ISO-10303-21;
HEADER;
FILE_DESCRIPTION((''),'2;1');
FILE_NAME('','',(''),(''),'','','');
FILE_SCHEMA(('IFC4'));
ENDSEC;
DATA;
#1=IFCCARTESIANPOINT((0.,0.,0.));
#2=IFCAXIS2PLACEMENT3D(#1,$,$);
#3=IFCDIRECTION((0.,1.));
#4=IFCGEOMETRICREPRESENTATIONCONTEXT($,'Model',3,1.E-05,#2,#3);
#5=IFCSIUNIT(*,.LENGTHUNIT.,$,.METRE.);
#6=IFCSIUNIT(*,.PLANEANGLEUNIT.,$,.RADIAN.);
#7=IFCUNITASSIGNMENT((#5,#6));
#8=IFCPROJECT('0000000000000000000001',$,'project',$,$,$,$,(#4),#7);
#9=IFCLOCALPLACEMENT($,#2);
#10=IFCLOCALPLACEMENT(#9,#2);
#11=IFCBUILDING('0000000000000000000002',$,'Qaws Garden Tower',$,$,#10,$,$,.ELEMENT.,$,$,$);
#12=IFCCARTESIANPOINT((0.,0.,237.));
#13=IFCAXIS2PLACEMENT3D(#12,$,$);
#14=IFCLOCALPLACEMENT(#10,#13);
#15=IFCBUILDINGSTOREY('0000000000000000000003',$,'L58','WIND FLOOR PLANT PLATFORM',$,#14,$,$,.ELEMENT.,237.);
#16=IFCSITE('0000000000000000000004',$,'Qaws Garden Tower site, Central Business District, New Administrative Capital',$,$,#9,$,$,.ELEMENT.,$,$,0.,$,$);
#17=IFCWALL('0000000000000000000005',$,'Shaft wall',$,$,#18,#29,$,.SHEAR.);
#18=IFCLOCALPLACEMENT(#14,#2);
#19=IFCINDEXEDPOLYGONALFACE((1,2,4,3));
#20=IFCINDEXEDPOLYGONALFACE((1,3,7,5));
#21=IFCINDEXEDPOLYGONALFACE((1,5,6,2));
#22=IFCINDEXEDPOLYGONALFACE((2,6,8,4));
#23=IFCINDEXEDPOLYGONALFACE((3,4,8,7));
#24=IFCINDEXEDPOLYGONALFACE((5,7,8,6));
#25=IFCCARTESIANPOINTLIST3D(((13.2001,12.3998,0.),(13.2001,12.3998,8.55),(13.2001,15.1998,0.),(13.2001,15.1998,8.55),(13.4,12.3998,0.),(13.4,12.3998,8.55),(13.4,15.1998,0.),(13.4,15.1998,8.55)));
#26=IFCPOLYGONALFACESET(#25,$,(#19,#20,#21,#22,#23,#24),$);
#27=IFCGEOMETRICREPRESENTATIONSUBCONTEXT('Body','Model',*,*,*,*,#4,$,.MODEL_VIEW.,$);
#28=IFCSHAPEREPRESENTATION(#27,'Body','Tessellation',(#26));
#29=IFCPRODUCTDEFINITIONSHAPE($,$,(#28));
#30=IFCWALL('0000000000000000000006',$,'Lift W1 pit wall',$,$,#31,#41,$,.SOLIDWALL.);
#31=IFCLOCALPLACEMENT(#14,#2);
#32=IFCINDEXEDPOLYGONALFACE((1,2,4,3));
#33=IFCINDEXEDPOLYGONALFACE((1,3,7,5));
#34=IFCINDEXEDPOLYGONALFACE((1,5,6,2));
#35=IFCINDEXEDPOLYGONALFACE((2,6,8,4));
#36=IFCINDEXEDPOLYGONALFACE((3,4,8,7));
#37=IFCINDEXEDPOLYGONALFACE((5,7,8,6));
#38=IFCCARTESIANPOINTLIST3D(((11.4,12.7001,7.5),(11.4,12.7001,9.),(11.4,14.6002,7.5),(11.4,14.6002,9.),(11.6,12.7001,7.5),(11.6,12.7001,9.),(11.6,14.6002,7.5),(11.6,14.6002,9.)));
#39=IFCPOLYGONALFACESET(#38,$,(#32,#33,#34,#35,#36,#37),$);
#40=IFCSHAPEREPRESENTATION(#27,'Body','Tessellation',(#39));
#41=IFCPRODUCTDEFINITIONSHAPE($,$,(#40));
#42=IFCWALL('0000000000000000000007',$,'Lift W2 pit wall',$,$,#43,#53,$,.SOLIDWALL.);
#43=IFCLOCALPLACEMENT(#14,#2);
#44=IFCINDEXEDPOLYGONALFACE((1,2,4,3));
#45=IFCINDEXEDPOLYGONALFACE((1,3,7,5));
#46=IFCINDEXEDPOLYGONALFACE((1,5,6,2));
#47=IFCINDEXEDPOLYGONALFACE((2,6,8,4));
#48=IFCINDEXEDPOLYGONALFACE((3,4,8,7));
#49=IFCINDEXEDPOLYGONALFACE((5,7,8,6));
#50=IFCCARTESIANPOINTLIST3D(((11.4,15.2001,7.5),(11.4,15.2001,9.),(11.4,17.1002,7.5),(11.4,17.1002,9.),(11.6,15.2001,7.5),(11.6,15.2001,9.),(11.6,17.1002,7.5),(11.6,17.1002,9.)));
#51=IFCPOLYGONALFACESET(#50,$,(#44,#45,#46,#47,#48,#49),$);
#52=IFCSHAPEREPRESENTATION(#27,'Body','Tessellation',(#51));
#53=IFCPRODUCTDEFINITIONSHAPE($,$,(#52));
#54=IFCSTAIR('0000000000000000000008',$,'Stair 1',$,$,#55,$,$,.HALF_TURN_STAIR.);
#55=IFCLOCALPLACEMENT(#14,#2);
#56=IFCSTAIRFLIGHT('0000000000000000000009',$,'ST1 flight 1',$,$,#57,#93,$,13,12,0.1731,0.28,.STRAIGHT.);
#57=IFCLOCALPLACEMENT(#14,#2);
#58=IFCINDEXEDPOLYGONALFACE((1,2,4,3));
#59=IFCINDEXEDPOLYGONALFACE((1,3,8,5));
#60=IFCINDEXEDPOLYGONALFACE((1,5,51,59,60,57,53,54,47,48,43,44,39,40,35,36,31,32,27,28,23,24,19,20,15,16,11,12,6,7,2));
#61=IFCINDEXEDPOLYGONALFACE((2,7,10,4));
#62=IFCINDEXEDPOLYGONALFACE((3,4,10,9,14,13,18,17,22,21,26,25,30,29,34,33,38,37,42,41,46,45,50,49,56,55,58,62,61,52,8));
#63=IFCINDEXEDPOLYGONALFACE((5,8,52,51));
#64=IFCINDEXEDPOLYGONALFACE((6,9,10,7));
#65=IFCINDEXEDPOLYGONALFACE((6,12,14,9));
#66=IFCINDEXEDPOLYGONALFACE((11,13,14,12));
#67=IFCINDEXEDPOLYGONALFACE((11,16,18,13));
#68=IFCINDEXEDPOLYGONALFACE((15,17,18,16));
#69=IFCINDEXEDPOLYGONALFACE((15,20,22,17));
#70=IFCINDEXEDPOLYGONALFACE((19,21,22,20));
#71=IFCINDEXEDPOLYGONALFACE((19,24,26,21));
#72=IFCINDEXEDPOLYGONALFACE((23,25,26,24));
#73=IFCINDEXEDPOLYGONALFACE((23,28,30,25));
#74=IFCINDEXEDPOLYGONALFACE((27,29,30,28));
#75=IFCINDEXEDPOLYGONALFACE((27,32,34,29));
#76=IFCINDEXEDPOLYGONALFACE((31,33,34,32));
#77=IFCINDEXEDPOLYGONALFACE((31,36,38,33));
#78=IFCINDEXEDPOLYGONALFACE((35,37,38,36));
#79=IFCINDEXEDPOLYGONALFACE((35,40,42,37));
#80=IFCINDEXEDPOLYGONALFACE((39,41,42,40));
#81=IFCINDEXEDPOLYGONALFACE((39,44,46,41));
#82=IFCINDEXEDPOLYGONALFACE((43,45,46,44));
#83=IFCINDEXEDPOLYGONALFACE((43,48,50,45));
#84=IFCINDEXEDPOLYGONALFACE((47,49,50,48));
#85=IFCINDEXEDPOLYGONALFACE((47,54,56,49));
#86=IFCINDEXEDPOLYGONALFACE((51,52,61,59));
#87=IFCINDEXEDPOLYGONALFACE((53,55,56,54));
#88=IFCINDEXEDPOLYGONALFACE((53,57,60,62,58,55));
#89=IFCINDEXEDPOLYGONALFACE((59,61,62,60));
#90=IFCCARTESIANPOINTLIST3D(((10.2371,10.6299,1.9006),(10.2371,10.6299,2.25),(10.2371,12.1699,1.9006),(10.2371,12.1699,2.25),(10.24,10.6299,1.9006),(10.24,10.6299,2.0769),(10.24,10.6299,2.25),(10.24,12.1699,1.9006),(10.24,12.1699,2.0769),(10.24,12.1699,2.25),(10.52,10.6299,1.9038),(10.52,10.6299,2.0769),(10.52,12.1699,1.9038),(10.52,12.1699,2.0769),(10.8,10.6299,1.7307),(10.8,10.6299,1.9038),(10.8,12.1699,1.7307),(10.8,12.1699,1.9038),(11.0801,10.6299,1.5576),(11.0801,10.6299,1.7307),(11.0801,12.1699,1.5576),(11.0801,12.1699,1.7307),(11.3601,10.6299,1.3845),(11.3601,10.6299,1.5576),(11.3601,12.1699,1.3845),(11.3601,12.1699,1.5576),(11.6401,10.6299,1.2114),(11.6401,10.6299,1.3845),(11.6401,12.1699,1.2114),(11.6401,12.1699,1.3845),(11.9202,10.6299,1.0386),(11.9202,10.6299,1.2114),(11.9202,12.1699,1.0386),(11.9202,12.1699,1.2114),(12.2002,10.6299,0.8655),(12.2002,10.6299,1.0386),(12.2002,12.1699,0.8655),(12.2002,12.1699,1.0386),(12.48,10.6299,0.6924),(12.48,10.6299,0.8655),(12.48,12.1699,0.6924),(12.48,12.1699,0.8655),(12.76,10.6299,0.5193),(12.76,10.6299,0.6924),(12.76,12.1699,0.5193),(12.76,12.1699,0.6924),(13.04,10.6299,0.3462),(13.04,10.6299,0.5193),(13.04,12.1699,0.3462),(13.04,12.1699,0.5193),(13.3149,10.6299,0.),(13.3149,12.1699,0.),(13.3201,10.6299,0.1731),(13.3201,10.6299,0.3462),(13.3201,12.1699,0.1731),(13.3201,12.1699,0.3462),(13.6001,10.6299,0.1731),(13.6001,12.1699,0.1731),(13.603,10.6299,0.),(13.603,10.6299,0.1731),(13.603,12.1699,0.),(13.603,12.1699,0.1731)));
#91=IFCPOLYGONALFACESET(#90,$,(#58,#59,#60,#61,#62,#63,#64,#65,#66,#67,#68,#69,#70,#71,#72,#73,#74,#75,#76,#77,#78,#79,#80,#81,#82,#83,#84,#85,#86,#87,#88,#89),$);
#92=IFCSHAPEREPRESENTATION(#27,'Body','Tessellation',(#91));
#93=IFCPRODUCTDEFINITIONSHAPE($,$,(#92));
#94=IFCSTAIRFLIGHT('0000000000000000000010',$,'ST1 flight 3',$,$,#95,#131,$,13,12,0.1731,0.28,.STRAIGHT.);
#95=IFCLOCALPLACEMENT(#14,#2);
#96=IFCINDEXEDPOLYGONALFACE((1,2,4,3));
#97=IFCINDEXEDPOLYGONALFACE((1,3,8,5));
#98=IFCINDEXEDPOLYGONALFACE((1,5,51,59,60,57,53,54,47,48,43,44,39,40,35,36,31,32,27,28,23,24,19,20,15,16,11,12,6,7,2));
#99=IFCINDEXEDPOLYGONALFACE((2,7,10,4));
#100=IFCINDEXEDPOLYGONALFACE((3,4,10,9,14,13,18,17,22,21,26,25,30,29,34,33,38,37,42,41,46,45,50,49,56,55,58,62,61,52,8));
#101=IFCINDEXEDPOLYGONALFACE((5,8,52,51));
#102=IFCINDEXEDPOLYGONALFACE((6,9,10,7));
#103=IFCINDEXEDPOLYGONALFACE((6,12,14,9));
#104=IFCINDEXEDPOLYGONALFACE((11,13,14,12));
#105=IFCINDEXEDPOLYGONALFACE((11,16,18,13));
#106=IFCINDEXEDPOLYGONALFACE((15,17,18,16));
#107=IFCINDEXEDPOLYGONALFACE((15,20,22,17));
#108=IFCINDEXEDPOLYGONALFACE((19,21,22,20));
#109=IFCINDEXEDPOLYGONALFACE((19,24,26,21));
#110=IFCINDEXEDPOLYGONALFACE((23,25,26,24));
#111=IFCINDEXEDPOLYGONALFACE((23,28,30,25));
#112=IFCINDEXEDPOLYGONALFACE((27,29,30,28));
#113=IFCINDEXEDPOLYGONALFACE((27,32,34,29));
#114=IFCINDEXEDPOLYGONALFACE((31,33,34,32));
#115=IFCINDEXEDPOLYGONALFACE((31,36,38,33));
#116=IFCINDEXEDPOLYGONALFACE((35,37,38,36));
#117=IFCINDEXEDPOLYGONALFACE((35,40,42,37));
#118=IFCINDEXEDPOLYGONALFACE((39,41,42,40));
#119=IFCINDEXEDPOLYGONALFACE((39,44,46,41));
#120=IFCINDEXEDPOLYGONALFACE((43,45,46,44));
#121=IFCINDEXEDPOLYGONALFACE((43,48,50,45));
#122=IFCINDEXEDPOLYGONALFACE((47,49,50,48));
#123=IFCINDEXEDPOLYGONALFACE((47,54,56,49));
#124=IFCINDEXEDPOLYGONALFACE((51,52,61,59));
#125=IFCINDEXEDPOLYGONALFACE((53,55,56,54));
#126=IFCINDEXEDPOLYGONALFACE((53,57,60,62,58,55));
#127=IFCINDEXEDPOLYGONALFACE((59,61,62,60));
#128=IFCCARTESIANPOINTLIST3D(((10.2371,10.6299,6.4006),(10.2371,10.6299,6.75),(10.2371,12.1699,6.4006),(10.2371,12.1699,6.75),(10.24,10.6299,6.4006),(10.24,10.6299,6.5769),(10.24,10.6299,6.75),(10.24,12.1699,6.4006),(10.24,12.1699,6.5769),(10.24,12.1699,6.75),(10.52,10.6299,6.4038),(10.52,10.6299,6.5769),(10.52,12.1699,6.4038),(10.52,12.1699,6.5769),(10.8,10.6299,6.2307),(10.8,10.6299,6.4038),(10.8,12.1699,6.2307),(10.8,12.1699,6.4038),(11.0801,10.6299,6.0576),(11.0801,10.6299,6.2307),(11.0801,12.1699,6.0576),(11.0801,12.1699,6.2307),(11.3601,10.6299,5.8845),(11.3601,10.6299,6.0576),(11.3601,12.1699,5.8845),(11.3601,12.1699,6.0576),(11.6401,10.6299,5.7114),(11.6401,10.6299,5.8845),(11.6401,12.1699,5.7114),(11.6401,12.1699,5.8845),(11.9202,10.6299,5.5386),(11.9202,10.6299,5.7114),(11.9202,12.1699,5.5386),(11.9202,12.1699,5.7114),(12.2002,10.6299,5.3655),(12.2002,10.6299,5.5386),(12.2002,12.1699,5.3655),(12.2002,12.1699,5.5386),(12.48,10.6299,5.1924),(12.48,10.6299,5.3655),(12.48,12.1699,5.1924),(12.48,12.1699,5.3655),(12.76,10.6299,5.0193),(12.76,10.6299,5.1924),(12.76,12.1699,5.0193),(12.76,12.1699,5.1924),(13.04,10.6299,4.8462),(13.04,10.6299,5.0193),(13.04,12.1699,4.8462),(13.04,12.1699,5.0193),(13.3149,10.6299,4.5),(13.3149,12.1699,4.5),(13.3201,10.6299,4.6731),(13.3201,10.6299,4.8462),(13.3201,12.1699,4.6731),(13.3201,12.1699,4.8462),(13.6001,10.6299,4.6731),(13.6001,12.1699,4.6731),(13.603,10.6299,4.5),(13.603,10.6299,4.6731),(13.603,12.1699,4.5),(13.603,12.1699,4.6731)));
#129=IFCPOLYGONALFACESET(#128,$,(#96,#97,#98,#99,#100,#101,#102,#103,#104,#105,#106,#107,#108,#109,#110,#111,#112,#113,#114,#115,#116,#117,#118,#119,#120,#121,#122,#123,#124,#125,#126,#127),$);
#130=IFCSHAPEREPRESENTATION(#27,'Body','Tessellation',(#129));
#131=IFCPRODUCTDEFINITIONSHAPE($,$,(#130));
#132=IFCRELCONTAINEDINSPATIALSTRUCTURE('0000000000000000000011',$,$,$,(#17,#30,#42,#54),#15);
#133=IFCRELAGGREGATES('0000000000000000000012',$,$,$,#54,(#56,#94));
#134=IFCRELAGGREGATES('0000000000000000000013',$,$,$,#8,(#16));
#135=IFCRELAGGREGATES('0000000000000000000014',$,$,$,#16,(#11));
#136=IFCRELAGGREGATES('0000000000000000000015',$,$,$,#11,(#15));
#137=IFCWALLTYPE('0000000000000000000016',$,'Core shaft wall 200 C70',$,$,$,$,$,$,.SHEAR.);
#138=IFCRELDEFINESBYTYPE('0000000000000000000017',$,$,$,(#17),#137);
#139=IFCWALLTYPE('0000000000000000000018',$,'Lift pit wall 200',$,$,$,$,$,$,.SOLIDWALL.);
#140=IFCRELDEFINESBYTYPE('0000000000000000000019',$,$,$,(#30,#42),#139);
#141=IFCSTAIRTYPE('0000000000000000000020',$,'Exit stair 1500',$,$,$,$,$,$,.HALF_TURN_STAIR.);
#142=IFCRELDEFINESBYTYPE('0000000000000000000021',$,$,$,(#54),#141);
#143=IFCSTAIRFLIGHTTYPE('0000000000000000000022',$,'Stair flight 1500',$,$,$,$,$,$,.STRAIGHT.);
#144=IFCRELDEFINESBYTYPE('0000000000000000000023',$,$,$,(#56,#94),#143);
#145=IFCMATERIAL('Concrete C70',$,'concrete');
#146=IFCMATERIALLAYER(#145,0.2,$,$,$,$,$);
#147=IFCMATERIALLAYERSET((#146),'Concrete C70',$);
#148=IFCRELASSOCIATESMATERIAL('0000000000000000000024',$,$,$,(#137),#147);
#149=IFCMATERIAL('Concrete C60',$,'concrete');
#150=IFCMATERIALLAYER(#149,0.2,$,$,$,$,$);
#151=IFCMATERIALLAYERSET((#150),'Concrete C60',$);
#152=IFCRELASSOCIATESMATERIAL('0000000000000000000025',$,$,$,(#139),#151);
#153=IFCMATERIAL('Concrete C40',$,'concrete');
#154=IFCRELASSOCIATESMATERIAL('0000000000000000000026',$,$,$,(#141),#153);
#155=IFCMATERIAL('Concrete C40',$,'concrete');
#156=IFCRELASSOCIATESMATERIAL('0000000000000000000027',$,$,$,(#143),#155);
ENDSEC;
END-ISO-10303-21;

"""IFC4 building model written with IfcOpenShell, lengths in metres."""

from ifc_helpers import new_model, si_unit, direction, frame, frame_2d, origin, place, context, subcontext, project, spatial, polyline, rectangle, outline, extrude, material, layer, layer_set, type_object, element, aggregate, save


model = new_model("IFC4")

# Units and contexts
model_context = context("Model", 3, precision=1e-05, world=origin(), true_north=direction((0.0, 1.0)))
body_context = subcontext(model_context, "Body", "Model", "MODEL_VIEW")
ifc_project = project(units=[si_unit("LENGTHUNIT", "METRE"), si_unit("PLANEANGLEUNIT", "RADIAN")], contexts=[model_context])

# Site, building, storey
site_placement = place(None, origin())
site = spatial("IfcSite", under=ifc_project, at=site_placement, Name="Qaws Garden Tower site, Central Business District, New Administrative Capital", CompositionType="ELEMENT", RefElevation=0.0)
building_placement = place(site_placement, origin())
building = spatial("IfcBuilding", under=site, at=building_placement, Name="Qaws Garden Tower", CompositionType="ELEMENT")
storey_placement = place(building_placement, frame((0.0, 0.0, 237.0)))
storey = spatial("IfcBuildingStorey", under=building, at=storey_placement, Name="L58", Description="WIND FLOOR PLANT PLATFORM", CompositionType="ELEMENT", Elevation=237.0)

# Shared definitions
ifc_material_1 = material(Name="Concrete C70", Category="concrete")
ifc_layer_1 = layer(ifc_material_1, 0.2)
ifc_layer_set_1 = layer_set([ifc_layer_1], Name="Concrete C70")
wall_type_1 = type_object("IfcWallType", Name="Core shaft wall 200 C70", PredefinedType="SHEAR", material=ifc_layer_set_1)

# Walls
wall_1_placement = place(storey_placement, frame((13.3, 12.3999, 0.0), z_axis=(0.0, 0.0, 1.0), x_axis=(0.0, 1.0, 0.0)))
element("IfcWall", 1, at=wall_1_placement, inside=storey, type_object=wall_type_1, Name="Shaft wall", PredefinedType="SHEAR", context=body_context, shape_type="SweptSolid", body=[
    extrude(rectangle(XDim=2.8, YDim=0.2, at=frame_2d((1.3999, 0.0))), origin(), (0.0, 0.0, 1.0), 8.55),
])
ifc_material_2 = material(Name="Concrete C60", Category="concrete")
ifc_layer_2 = layer(ifc_material_2, 0.2)
ifc_layer_set_2 = layer_set([ifc_layer_2], Name="Concrete C60")
wall_type_2 = type_object("IfcWallType", Name="Lift pit wall 200", PredefinedType="SOLIDWALL", material=ifc_layer_set_2)
for number, where, z_axis, x_axis, name in (
    (2, (11.5, 12.7, 7.5), (0.0, 0.0, 1.0), (0.0, 1.0, 0.0), "Lift W1 pit wall"),
    (3, (11.5, 15.2, 7.5), (0.0, 0.0, 1.0), (0.0, 1.0, 0.0), "Lift W2 pit wall"),
):
    element("IfcWall", number, at=place(storey_placement, frame(where, z_axis=z_axis, x_axis=x_axis)), inside=storey, type_object=wall_type_2, Name=name, PredefinedType="SOLIDWALL", context=body_context, shape_type="SweptSolid", body=[
        extrude(rectangle(XDim=1.9001, YDim=0.2, at=frame_2d((0.9502, 0.0))), origin(), (0.0, 0.0, 1.0), 1.5),
    ])

# Stair, stair flights
ifc_material_3 = material(Name="Concrete C40", Category="concrete")
stair_type = type_object("IfcStairType", Name="Exit stair 1500", PredefinedType="HALF_TURN_STAIR", material=ifc_material_3)
stair_placement = place(storey_placement, origin())
stair = element("IfcStair", 4, at=stair_placement, inside=storey, type_object=stair_type, Name="Stair 1", PredefinedType="HALF_TURN_STAIR")
ifc_material_4 = material(Name="Concrete C40", Category="concrete")
stair_flight_type = type_object("IfcStairFlightType", Name="Stair flight 1500", PredefinedType="STRAIGHT", material=ifc_material_4)
stair_flight_1_placement = place(storey_placement, frame((13.6001, 11.3999, 0.0), z_axis=(0.0, 0.0, 1.0), x_axis=(-1.0, 0.0, 0.0)))
stair_flight_1 = element("IfcStairFlight", 5, at=stair_flight_1_placement, type_object=stair_flight_type, Name="ST1 flight 1", NumberOfRisers=13, NumberOfTreads=12, PredefinedType="STRAIGHT", RiserHeight=0.1731, TreadLength=0.28, context=body_context, shape_type="SweptSolid", body=[
    extrude(outline(polyline([(-0.0029, 0.0), (-0.0029, 0.1731), (0.0, 0.1731), (0.28, 0.1731), (0.28, 0.3462), (0.5601, 0.3462), (0.5601, 0.5193), (0.8401, 0.5193), (0.8401, 0.6924), (1.1201, 0.6924), (1.1201, 0.8655), (1.3999, 0.8655), (1.3999, 1.0386), (1.6799, 1.0386), (1.6799, 1.2114), (1.96, 1.2114), (1.96, 1.3845), (2.24, 1.3845), (2.24, 1.5576), (2.52, 1.5576), (2.52, 1.7307), (2.8, 1.7307), (2.8, 1.9038), (3.0801, 1.9038), (3.0801, 2.0769), (3.3601, 2.0769), (3.3601, 2.25), (3.363, 2.25), (3.363, 1.9006), (3.3601, 1.9006), (0.2852, 0.0), (-0.0029, 0.0)])), frame((0.0, 0.77, 0.0), z_axis=(0.0, -1.0, 0.0), x_axis=(1.0, 0.0, 0.0)), (0.0, 0.0, 1.0), 1.54),
])
stair_flight_2_placement = place(storey_placement, frame((13.6001, 11.3999, 4.5), z_axis=(0.0, 0.0, 1.0), x_axis=(-1.0, 0.0, 0.0)))
stair_flight_2 = element("IfcStairFlight", 6, at=stair_flight_2_placement, type_object=stair_flight_type, Name="ST1 flight 3", NumberOfRisers=13, NumberOfTreads=12, PredefinedType="STRAIGHT", RiserHeight=0.1731, TreadLength=0.28, context=body_context, shape_type="SweptSolid", body=[
    extrude(outline(polyline([(-0.0029, 0.0), (-0.0029, 0.1731), (0.0, 0.1731), (0.28, 0.1731), (0.28, 0.3462), (0.5601, 0.3462), (0.5601, 0.5193), (0.8401, 0.5193), (0.8401, 0.6924), (1.1201, 0.6924), (1.1201, 0.8655), (1.3999, 0.8655), (1.3999, 1.0386), (1.6799, 1.0386), (1.6799, 1.2114), (1.96, 1.2114), (1.96, 1.3845), (2.24, 1.3845), (2.24, 1.5576), (2.52, 1.5576), (2.52, 1.7307), (2.8, 1.7307), (2.8, 1.9038), (3.0801, 1.9038), (3.0801, 2.0769), (3.3601, 2.0769), (3.3601, 2.25), (3.363, 2.25), (3.363, 1.9006), (3.3601, 1.9006), (0.2852, 0.0), (-0.0029, 0.0)])), frame((0.0, 0.77, 0.0), z_axis=(0.0, -1.0, 0.0), x_axis=(1.0, 0.0, 0.0)), (0.0, 0.0, 1.0), 1.54),
])
aggregate(stair, [stair_flight_1, stair_flight_2])

save(model, "model.ifc")
